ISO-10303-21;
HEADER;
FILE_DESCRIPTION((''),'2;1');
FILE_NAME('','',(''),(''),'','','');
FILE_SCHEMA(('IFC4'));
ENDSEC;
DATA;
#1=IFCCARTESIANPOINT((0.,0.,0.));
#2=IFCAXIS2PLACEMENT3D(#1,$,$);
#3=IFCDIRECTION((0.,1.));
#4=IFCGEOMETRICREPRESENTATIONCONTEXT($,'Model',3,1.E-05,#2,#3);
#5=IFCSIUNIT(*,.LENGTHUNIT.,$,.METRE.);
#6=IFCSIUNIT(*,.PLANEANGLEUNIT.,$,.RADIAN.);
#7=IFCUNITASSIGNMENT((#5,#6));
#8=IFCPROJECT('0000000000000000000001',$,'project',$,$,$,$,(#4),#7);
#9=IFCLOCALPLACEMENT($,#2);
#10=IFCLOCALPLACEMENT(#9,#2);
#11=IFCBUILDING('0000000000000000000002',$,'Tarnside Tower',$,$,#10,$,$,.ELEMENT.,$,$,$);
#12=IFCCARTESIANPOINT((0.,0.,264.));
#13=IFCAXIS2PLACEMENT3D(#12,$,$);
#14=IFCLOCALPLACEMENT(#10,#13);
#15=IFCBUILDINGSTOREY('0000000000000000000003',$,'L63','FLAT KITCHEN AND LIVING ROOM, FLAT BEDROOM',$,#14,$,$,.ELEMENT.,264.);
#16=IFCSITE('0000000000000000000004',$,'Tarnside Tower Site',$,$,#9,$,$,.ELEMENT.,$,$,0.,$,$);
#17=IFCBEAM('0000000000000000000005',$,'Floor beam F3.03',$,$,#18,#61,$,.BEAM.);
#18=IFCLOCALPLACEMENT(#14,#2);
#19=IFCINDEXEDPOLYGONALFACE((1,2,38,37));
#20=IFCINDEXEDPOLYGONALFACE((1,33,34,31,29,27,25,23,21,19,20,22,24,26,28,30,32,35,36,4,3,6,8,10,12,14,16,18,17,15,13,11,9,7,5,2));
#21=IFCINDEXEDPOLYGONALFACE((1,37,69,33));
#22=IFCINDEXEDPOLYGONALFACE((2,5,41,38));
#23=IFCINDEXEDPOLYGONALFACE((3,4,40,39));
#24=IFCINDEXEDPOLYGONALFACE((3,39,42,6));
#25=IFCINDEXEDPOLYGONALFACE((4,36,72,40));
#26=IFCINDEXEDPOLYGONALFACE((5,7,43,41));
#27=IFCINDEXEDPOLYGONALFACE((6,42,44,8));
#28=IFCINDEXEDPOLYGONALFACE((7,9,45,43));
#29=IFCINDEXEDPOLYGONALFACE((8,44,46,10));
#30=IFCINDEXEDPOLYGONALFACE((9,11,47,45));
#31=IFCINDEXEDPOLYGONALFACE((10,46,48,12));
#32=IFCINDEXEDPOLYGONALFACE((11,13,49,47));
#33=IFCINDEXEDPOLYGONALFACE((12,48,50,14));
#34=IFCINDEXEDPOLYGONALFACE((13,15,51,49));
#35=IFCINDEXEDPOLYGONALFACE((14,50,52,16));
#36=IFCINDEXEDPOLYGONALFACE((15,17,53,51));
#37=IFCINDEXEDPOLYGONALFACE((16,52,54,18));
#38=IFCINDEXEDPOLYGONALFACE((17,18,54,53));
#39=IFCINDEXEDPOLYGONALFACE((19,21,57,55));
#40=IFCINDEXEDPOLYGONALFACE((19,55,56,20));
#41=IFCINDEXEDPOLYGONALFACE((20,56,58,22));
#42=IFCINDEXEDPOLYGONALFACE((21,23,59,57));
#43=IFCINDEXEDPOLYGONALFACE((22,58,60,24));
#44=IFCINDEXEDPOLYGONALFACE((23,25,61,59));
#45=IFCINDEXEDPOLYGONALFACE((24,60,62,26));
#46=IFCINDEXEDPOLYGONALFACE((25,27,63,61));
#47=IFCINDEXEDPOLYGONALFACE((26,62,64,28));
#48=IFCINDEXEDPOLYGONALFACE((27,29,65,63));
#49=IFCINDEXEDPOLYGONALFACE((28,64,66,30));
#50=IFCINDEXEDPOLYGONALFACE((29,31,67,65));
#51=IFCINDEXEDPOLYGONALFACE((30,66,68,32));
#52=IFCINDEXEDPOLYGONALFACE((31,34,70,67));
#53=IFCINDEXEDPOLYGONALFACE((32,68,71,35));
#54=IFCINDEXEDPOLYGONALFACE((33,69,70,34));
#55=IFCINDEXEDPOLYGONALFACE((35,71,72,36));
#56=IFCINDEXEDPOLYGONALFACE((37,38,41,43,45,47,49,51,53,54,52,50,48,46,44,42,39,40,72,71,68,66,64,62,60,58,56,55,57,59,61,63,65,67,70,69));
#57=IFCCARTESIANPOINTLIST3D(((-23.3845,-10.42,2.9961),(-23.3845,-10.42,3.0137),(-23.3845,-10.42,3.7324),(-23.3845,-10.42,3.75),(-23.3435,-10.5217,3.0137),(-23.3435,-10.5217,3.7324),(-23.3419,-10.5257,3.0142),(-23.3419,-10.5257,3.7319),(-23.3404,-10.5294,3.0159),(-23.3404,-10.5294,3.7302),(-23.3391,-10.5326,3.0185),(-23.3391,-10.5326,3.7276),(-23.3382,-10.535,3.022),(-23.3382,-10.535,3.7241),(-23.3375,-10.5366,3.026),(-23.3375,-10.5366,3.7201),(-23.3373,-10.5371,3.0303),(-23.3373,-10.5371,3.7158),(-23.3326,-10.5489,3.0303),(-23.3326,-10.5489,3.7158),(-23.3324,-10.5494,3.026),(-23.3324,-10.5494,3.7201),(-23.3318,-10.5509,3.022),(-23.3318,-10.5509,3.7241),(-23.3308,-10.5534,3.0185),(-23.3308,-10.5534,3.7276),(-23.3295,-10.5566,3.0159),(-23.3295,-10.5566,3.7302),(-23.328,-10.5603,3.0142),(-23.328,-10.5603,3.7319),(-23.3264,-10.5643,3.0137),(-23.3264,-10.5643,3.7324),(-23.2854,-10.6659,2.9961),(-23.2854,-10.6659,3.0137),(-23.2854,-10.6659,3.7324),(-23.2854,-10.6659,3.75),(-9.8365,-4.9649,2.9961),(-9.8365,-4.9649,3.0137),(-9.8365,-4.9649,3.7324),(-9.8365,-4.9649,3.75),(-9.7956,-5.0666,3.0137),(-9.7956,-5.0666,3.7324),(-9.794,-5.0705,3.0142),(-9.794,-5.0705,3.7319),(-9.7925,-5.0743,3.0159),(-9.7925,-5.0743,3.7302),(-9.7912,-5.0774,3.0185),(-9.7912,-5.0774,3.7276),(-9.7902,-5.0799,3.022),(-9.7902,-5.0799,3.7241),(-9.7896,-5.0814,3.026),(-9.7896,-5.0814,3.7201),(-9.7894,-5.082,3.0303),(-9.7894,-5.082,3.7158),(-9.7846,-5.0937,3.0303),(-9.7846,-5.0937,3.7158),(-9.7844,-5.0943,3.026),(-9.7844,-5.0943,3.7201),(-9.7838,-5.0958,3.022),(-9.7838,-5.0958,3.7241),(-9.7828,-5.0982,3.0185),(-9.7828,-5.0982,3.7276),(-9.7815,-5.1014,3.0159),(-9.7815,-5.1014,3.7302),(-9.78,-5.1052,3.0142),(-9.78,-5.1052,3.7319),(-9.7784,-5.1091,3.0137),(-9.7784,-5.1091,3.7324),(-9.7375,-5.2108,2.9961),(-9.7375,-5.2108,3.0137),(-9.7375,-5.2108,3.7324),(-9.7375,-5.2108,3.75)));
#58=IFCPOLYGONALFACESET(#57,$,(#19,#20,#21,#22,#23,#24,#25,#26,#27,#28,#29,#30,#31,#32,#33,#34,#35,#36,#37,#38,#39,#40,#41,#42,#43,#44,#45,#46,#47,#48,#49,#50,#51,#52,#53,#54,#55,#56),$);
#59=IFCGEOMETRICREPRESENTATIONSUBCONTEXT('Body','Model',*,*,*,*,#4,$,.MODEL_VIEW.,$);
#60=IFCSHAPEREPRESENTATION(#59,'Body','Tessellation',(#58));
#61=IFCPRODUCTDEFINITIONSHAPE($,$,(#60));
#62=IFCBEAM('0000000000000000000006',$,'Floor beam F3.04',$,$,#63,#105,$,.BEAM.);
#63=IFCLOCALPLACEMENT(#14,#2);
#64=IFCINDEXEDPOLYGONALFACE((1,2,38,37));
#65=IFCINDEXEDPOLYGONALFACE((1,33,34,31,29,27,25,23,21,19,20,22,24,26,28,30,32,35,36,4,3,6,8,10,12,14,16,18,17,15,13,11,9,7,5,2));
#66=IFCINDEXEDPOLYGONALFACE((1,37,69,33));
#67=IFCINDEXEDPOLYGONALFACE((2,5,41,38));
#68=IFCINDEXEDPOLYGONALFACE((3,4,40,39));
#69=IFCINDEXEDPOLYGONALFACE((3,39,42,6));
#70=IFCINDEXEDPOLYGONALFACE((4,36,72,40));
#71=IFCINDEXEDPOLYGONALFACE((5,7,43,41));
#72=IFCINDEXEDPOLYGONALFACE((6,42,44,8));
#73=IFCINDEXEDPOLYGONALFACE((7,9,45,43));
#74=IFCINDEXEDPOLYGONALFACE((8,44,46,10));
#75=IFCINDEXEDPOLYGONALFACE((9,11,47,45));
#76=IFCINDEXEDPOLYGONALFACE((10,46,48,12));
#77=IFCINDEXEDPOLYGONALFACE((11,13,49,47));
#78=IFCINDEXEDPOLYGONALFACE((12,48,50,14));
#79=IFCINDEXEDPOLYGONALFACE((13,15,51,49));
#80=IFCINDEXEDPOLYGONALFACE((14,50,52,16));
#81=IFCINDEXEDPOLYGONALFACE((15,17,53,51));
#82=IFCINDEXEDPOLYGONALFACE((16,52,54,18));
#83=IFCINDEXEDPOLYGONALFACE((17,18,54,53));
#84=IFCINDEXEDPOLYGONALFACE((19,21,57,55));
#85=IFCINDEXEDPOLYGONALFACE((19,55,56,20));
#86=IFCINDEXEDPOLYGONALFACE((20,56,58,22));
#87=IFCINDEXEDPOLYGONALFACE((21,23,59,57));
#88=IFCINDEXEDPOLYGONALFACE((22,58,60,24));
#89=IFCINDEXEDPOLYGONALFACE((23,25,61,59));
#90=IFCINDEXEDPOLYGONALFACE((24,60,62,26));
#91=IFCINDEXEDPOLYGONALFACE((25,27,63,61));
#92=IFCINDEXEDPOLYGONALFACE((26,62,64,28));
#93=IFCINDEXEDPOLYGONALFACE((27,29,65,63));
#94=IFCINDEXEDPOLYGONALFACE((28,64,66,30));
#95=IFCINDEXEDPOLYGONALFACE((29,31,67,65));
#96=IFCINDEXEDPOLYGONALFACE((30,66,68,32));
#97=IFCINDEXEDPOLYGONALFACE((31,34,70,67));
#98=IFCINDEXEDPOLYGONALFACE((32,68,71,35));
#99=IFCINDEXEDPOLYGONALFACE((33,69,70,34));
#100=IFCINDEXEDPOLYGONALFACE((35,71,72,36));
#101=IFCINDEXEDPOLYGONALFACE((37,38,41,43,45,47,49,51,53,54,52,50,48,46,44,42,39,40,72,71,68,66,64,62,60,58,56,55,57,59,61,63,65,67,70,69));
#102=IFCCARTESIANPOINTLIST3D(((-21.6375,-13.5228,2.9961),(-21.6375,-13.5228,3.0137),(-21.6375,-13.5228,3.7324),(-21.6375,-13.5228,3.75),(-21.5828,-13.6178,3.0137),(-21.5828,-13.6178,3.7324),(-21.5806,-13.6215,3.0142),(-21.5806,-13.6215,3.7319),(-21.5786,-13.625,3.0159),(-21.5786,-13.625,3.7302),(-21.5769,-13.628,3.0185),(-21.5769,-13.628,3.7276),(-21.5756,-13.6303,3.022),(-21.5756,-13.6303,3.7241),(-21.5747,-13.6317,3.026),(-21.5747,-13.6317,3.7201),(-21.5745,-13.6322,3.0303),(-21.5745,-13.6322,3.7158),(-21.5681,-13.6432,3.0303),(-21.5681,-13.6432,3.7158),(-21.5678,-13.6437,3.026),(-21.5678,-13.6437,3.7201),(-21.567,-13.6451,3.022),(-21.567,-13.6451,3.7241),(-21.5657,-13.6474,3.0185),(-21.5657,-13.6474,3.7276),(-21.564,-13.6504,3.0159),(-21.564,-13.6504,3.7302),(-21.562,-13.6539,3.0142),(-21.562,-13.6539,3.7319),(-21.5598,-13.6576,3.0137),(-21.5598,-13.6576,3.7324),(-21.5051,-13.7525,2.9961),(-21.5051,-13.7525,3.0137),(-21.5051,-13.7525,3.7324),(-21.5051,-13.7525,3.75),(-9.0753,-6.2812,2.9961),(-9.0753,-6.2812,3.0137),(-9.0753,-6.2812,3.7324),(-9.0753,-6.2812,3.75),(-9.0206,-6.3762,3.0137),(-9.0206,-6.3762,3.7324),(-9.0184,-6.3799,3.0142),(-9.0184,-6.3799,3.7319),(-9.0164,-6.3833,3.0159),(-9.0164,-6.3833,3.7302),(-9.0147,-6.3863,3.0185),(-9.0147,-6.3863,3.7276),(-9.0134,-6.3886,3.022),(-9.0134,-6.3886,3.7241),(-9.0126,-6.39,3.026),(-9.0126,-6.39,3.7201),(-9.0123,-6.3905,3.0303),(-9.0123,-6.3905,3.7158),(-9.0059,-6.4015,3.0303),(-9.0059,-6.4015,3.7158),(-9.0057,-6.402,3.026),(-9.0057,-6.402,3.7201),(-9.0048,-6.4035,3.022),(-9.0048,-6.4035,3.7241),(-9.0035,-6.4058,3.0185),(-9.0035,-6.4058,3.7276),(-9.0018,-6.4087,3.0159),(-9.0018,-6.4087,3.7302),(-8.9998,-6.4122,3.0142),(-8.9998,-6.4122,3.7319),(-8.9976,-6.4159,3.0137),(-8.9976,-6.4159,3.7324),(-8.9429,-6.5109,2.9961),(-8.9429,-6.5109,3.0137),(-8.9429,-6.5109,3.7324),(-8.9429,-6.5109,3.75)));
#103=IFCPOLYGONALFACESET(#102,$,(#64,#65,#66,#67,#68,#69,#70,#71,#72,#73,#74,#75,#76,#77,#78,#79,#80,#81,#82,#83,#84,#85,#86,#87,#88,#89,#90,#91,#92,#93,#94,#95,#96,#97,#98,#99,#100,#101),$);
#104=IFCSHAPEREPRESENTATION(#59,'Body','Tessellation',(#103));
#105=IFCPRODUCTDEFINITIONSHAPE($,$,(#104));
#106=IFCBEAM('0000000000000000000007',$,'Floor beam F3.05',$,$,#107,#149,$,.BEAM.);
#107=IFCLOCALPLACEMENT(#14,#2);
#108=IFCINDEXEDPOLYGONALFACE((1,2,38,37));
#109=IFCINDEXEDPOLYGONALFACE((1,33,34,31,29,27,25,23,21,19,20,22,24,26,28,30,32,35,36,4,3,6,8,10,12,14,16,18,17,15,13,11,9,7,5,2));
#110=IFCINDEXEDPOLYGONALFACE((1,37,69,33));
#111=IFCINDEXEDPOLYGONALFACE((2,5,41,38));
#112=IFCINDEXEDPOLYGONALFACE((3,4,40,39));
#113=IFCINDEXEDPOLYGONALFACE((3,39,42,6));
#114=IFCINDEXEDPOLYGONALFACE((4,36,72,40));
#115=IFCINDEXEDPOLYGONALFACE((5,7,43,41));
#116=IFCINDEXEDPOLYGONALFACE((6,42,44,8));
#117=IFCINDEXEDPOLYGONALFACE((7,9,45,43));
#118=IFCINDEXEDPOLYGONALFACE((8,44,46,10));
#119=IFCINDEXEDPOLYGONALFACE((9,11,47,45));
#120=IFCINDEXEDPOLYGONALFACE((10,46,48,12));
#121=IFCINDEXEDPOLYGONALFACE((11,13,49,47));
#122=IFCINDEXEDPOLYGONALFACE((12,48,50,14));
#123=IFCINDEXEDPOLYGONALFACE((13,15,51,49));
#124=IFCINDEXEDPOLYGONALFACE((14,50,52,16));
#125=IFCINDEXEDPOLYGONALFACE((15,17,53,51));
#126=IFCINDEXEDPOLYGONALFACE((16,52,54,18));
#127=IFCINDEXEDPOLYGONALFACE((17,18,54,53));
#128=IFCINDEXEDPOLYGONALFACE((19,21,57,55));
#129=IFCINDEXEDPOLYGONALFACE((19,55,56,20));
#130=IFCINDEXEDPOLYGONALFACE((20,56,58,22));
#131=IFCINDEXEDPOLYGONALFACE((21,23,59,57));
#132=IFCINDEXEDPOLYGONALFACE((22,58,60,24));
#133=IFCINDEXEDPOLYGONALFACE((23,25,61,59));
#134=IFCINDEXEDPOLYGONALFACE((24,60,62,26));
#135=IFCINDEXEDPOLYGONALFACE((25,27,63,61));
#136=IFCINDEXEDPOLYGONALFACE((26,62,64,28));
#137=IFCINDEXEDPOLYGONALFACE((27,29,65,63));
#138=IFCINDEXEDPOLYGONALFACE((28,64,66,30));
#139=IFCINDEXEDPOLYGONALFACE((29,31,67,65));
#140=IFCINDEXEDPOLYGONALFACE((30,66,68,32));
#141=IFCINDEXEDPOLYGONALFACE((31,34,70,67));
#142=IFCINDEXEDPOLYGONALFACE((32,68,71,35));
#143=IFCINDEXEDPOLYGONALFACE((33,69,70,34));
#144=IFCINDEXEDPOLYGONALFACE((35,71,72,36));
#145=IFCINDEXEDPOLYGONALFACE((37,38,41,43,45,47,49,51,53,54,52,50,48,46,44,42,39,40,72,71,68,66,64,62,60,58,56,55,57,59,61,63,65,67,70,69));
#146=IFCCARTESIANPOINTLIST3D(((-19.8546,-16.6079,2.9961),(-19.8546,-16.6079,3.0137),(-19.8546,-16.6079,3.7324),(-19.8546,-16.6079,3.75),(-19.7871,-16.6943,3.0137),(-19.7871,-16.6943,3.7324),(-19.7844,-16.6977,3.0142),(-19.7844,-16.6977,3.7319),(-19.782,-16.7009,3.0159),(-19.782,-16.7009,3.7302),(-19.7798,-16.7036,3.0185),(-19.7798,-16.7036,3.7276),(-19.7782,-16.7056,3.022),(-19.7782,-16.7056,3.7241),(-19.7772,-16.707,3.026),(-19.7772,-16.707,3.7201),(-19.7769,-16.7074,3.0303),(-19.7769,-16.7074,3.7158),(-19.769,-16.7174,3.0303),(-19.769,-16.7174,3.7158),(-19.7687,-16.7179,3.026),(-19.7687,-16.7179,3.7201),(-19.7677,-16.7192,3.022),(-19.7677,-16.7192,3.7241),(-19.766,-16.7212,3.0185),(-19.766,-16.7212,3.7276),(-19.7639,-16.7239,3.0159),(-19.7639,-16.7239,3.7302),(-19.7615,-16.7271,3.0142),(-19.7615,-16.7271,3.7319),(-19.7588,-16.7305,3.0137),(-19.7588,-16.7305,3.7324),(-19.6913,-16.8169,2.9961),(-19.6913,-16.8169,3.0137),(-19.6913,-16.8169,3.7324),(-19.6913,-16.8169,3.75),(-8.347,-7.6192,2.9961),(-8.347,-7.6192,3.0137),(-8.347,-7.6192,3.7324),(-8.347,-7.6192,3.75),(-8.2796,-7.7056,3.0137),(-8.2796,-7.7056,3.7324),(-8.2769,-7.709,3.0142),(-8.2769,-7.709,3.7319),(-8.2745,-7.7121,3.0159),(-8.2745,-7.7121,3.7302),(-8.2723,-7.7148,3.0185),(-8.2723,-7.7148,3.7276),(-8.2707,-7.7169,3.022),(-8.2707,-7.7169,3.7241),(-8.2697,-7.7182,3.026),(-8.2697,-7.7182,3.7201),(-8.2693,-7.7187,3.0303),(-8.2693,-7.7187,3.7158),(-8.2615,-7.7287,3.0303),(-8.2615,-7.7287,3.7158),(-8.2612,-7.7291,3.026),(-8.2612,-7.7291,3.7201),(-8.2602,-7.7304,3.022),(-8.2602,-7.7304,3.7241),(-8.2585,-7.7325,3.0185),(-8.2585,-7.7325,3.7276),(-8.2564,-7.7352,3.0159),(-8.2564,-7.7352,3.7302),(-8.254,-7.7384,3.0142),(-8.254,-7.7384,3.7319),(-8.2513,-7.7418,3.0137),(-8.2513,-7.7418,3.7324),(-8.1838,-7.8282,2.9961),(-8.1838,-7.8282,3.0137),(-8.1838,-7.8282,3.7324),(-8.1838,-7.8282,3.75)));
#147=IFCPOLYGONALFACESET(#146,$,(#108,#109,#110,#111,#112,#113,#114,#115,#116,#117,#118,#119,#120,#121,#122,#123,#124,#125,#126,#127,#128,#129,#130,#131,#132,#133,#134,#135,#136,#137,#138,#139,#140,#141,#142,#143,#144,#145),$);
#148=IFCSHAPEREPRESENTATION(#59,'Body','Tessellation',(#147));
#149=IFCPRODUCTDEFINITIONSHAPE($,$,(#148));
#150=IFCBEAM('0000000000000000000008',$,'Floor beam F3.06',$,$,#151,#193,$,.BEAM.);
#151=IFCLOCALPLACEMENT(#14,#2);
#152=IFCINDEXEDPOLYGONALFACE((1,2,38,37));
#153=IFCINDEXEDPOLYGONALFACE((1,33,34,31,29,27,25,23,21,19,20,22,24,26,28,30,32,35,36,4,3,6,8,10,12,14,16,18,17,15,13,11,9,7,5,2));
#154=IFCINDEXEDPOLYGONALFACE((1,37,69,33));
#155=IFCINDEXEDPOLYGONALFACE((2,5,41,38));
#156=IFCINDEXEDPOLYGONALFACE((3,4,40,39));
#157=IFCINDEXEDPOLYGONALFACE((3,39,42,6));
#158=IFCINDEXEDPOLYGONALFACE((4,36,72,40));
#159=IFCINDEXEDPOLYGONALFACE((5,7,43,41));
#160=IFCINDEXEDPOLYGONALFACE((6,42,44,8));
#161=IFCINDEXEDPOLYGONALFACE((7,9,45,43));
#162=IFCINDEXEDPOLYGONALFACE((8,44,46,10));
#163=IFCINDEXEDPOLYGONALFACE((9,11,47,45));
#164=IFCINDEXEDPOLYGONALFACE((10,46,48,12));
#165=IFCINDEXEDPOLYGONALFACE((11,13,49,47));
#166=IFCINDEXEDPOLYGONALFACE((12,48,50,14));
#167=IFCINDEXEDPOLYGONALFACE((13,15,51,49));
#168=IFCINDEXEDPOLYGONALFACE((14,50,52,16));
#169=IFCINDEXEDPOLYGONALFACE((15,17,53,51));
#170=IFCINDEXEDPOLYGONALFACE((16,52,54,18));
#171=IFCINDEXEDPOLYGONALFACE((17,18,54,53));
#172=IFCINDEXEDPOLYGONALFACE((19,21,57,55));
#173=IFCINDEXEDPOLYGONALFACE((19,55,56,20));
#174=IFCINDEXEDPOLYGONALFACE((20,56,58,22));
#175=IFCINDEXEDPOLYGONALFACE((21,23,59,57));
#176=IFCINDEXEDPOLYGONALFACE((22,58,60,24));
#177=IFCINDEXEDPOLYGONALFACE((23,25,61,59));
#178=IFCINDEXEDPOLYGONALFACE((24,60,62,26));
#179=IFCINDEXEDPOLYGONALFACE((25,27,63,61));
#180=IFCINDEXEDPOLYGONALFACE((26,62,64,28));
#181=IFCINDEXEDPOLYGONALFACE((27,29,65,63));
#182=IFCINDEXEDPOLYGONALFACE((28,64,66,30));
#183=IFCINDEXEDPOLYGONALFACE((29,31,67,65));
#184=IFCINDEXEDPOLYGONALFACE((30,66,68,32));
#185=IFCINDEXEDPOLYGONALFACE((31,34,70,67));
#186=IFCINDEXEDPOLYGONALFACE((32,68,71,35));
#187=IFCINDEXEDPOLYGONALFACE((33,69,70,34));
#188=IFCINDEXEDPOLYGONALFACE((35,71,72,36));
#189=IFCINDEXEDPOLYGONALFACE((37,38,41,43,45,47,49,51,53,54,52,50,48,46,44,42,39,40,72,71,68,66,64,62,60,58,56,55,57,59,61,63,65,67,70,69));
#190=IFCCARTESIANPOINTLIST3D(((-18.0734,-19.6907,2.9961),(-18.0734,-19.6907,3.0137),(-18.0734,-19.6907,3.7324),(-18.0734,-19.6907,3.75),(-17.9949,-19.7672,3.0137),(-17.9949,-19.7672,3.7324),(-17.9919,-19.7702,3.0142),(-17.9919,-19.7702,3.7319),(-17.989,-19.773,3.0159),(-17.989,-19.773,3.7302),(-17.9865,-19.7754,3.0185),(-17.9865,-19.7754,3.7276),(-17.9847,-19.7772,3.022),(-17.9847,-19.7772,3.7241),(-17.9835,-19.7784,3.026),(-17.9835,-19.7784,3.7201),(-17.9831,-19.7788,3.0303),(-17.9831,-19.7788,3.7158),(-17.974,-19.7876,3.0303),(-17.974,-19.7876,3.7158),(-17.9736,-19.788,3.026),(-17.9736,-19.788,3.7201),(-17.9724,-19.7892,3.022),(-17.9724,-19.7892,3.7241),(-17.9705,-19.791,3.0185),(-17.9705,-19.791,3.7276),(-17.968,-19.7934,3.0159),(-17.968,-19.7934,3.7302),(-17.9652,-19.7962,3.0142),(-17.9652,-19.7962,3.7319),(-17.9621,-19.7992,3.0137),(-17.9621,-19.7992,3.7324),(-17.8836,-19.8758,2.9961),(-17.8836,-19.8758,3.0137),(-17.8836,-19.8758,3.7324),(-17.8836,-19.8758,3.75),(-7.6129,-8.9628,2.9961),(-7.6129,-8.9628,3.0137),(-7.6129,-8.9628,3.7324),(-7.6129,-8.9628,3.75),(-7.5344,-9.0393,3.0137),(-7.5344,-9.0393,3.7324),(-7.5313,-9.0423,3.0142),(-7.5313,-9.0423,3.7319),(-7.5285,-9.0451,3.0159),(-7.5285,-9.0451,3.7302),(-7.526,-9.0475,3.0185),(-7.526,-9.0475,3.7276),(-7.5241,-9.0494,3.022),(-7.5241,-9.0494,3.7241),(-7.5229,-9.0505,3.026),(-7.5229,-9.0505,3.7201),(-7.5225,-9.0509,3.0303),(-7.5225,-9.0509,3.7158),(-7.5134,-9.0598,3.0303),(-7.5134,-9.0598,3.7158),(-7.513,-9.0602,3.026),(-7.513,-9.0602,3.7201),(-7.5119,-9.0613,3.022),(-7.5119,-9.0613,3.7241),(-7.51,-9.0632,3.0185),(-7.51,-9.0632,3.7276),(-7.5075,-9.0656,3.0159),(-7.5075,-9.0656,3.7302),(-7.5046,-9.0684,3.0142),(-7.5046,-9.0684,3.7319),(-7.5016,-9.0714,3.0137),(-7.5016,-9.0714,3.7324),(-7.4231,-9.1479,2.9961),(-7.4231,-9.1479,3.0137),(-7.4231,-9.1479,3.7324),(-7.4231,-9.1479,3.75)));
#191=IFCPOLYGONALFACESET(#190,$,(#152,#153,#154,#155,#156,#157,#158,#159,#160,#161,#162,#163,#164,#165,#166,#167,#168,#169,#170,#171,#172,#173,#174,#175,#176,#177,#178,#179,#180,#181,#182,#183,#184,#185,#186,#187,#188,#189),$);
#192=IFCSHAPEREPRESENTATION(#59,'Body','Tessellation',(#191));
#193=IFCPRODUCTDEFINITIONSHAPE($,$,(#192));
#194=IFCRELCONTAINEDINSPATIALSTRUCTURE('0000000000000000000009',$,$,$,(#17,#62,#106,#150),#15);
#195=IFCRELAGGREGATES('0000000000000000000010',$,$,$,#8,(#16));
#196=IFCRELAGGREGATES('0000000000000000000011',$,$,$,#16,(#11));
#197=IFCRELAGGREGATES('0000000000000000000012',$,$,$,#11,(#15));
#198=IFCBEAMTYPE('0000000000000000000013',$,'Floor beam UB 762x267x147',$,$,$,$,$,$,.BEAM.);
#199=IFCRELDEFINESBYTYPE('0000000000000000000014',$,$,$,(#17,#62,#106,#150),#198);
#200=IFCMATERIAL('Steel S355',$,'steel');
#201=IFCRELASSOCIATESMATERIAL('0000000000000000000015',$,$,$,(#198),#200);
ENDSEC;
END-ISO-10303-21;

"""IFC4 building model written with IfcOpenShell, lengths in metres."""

from ifc_helpers import new_model, si_unit, direction, frame, origin, origin_2d, place, context, subcontext, project, spatial, i_section, extrude, material, material_profile, profile_set, type_object, element, save


model = new_model("IFC4")

# Units and contexts
model_context = context("Model", 3, precision=1e-05, world=origin(), true_north=direction((0.0, 1.0)))
body_context = subcontext(model_context, "Body", "Model", "MODEL_VIEW")
ifc_project = project(units=[si_unit("LENGTHUNIT", "METRE"), si_unit("PLANEANGLEUNIT", "RADIAN")], contexts=[model_context])

# Site, building, storey
site_placement = place(None, origin())
site = spatial("IfcSite", under=ifc_project, at=site_placement, Name="Tarnside Tower Site", CompositionType="ELEMENT", RefElevation=0.0)
building_placement = place(site_placement, origin())
building = spatial("IfcBuilding", under=site, at=building_placement, Name="Tarnside Tower", CompositionType="ELEMENT")
storey_placement = place(building_placement, frame((0.0, 0.0, 264.0)))
storey = spatial("IfcBuildingStorey", under=building, at=storey_placement, Name="L63", Description="FLAT KITCHEN AND LIVING ROOM, FLAT BEDROOM", CompositionType="ELEMENT", Elevation=264.0)

# Beams
ifc_material_1 = material(Name="Steel S355", Category="steel")
ifc_material_profile_1 = material_profile(ifc_material_1, i_section(OverallWidth=0.2651, OverallDepth=0.7539, WebThickness=0.0127, FlangeThickness=0.0176, FilletRadius=0.0166, at=origin_2d()), Name="UB 762x267x147")
ifc_profile_set_1 = profile_set([ifc_material_profile_1], Name="Steel S355")
beam_type_1 = type_object("IfcBeamType", Name="Floor beam UB 762x267x147", PredefinedType="BEAM", material=ifc_profile_set_1)
beam_1_placement = place(storey_placement, frame((-23.335, -10.543, 3.373), z_axis=(0.927626, 0.373511, 0.0), x_axis=(-0.373511, 0.927626, 0.0)))
element("IfcBeam", 1, at=beam_1_placement, inside=storey, type_object=beam_type_1, Name="Floor beam F3.03", PredefinedType="BEAM", context=body_context, shape_type="SweptSolid", body=[
    extrude(i_section(OverallWidth=0.2651, OverallDepth=0.7539, WebThickness=0.0127, FlangeThickness=0.0176, FilletRadius=0.0166, at=origin_2d()), origin(), (0.0, 0.0, 1.0), 14.605),
])
beam_2_placement = place(storey_placement, frame((-21.5713, -13.6377, 3.373), z_axis=(0.866357, 0.499425, 0.0), x_axis=(-0.499425, 0.866357, 0.0)))
element("IfcBeam", 2, at=beam_2_placement, inside=storey, type_object=beam_type_1, Name="Floor beam F3.04", PredefinedType="BEAM", context=body_context, shape_type="SweptSolid", body=[
    extrude(i_section(OverallWidth=0.2651, OverallDepth=0.7539, WebThickness=0.0127, FlangeThickness=0.0176, FilletRadius=0.0166, at=origin_2d()), origin(), (0.0, 0.0, 1.0), 14.5),
])
beam_3_placement = place(storey_placement, frame((-19.7729, -16.7124, 3.373), z_axis=(0.788075, 0.615579, 0.0), x_axis=(-0.615579, 0.788075, 0.0)))
element("IfcBeam", 3, at=beam_3_placement, inside=storey, type_object=beam_type_1, Name="Floor beam F3.05", PredefinedType="BEAM", context=body_context, shape_type="SweptSolid", body=[
    extrude(i_section(OverallWidth=0.2651, OverallDepth=0.7539, WebThickness=0.0127, FlangeThickness=0.0176, FilletRadius=0.0166, at=origin_2d()), origin(), (0.0, 0.0, 1.0), 14.6021),
])
beam_4_placement = place(storey_placement, frame((-17.9785, -19.7832, 3.373), z_axis=(0.69813, 0.715971, 0.0), x_axis=(-0.715971, 0.69813, 0.0)))
element("IfcBeam", 4, at=beam_4_placement, inside=storey, type_object=beam_type_1, Name="Floor beam F3.06", PredefinedType="BEAM", context=body_context, shape_type="SweptSolid", body=[
    extrude(i_section(OverallWidth=0.2651, OverallDepth=0.7539, WebThickness=0.0127, FlangeThickness=0.0176, FilletRadius=0.0166, at=origin_2d()), origin(), (0.0, 0.0, 1.0), 14.9836),
])

save(model, "model.ifc")
